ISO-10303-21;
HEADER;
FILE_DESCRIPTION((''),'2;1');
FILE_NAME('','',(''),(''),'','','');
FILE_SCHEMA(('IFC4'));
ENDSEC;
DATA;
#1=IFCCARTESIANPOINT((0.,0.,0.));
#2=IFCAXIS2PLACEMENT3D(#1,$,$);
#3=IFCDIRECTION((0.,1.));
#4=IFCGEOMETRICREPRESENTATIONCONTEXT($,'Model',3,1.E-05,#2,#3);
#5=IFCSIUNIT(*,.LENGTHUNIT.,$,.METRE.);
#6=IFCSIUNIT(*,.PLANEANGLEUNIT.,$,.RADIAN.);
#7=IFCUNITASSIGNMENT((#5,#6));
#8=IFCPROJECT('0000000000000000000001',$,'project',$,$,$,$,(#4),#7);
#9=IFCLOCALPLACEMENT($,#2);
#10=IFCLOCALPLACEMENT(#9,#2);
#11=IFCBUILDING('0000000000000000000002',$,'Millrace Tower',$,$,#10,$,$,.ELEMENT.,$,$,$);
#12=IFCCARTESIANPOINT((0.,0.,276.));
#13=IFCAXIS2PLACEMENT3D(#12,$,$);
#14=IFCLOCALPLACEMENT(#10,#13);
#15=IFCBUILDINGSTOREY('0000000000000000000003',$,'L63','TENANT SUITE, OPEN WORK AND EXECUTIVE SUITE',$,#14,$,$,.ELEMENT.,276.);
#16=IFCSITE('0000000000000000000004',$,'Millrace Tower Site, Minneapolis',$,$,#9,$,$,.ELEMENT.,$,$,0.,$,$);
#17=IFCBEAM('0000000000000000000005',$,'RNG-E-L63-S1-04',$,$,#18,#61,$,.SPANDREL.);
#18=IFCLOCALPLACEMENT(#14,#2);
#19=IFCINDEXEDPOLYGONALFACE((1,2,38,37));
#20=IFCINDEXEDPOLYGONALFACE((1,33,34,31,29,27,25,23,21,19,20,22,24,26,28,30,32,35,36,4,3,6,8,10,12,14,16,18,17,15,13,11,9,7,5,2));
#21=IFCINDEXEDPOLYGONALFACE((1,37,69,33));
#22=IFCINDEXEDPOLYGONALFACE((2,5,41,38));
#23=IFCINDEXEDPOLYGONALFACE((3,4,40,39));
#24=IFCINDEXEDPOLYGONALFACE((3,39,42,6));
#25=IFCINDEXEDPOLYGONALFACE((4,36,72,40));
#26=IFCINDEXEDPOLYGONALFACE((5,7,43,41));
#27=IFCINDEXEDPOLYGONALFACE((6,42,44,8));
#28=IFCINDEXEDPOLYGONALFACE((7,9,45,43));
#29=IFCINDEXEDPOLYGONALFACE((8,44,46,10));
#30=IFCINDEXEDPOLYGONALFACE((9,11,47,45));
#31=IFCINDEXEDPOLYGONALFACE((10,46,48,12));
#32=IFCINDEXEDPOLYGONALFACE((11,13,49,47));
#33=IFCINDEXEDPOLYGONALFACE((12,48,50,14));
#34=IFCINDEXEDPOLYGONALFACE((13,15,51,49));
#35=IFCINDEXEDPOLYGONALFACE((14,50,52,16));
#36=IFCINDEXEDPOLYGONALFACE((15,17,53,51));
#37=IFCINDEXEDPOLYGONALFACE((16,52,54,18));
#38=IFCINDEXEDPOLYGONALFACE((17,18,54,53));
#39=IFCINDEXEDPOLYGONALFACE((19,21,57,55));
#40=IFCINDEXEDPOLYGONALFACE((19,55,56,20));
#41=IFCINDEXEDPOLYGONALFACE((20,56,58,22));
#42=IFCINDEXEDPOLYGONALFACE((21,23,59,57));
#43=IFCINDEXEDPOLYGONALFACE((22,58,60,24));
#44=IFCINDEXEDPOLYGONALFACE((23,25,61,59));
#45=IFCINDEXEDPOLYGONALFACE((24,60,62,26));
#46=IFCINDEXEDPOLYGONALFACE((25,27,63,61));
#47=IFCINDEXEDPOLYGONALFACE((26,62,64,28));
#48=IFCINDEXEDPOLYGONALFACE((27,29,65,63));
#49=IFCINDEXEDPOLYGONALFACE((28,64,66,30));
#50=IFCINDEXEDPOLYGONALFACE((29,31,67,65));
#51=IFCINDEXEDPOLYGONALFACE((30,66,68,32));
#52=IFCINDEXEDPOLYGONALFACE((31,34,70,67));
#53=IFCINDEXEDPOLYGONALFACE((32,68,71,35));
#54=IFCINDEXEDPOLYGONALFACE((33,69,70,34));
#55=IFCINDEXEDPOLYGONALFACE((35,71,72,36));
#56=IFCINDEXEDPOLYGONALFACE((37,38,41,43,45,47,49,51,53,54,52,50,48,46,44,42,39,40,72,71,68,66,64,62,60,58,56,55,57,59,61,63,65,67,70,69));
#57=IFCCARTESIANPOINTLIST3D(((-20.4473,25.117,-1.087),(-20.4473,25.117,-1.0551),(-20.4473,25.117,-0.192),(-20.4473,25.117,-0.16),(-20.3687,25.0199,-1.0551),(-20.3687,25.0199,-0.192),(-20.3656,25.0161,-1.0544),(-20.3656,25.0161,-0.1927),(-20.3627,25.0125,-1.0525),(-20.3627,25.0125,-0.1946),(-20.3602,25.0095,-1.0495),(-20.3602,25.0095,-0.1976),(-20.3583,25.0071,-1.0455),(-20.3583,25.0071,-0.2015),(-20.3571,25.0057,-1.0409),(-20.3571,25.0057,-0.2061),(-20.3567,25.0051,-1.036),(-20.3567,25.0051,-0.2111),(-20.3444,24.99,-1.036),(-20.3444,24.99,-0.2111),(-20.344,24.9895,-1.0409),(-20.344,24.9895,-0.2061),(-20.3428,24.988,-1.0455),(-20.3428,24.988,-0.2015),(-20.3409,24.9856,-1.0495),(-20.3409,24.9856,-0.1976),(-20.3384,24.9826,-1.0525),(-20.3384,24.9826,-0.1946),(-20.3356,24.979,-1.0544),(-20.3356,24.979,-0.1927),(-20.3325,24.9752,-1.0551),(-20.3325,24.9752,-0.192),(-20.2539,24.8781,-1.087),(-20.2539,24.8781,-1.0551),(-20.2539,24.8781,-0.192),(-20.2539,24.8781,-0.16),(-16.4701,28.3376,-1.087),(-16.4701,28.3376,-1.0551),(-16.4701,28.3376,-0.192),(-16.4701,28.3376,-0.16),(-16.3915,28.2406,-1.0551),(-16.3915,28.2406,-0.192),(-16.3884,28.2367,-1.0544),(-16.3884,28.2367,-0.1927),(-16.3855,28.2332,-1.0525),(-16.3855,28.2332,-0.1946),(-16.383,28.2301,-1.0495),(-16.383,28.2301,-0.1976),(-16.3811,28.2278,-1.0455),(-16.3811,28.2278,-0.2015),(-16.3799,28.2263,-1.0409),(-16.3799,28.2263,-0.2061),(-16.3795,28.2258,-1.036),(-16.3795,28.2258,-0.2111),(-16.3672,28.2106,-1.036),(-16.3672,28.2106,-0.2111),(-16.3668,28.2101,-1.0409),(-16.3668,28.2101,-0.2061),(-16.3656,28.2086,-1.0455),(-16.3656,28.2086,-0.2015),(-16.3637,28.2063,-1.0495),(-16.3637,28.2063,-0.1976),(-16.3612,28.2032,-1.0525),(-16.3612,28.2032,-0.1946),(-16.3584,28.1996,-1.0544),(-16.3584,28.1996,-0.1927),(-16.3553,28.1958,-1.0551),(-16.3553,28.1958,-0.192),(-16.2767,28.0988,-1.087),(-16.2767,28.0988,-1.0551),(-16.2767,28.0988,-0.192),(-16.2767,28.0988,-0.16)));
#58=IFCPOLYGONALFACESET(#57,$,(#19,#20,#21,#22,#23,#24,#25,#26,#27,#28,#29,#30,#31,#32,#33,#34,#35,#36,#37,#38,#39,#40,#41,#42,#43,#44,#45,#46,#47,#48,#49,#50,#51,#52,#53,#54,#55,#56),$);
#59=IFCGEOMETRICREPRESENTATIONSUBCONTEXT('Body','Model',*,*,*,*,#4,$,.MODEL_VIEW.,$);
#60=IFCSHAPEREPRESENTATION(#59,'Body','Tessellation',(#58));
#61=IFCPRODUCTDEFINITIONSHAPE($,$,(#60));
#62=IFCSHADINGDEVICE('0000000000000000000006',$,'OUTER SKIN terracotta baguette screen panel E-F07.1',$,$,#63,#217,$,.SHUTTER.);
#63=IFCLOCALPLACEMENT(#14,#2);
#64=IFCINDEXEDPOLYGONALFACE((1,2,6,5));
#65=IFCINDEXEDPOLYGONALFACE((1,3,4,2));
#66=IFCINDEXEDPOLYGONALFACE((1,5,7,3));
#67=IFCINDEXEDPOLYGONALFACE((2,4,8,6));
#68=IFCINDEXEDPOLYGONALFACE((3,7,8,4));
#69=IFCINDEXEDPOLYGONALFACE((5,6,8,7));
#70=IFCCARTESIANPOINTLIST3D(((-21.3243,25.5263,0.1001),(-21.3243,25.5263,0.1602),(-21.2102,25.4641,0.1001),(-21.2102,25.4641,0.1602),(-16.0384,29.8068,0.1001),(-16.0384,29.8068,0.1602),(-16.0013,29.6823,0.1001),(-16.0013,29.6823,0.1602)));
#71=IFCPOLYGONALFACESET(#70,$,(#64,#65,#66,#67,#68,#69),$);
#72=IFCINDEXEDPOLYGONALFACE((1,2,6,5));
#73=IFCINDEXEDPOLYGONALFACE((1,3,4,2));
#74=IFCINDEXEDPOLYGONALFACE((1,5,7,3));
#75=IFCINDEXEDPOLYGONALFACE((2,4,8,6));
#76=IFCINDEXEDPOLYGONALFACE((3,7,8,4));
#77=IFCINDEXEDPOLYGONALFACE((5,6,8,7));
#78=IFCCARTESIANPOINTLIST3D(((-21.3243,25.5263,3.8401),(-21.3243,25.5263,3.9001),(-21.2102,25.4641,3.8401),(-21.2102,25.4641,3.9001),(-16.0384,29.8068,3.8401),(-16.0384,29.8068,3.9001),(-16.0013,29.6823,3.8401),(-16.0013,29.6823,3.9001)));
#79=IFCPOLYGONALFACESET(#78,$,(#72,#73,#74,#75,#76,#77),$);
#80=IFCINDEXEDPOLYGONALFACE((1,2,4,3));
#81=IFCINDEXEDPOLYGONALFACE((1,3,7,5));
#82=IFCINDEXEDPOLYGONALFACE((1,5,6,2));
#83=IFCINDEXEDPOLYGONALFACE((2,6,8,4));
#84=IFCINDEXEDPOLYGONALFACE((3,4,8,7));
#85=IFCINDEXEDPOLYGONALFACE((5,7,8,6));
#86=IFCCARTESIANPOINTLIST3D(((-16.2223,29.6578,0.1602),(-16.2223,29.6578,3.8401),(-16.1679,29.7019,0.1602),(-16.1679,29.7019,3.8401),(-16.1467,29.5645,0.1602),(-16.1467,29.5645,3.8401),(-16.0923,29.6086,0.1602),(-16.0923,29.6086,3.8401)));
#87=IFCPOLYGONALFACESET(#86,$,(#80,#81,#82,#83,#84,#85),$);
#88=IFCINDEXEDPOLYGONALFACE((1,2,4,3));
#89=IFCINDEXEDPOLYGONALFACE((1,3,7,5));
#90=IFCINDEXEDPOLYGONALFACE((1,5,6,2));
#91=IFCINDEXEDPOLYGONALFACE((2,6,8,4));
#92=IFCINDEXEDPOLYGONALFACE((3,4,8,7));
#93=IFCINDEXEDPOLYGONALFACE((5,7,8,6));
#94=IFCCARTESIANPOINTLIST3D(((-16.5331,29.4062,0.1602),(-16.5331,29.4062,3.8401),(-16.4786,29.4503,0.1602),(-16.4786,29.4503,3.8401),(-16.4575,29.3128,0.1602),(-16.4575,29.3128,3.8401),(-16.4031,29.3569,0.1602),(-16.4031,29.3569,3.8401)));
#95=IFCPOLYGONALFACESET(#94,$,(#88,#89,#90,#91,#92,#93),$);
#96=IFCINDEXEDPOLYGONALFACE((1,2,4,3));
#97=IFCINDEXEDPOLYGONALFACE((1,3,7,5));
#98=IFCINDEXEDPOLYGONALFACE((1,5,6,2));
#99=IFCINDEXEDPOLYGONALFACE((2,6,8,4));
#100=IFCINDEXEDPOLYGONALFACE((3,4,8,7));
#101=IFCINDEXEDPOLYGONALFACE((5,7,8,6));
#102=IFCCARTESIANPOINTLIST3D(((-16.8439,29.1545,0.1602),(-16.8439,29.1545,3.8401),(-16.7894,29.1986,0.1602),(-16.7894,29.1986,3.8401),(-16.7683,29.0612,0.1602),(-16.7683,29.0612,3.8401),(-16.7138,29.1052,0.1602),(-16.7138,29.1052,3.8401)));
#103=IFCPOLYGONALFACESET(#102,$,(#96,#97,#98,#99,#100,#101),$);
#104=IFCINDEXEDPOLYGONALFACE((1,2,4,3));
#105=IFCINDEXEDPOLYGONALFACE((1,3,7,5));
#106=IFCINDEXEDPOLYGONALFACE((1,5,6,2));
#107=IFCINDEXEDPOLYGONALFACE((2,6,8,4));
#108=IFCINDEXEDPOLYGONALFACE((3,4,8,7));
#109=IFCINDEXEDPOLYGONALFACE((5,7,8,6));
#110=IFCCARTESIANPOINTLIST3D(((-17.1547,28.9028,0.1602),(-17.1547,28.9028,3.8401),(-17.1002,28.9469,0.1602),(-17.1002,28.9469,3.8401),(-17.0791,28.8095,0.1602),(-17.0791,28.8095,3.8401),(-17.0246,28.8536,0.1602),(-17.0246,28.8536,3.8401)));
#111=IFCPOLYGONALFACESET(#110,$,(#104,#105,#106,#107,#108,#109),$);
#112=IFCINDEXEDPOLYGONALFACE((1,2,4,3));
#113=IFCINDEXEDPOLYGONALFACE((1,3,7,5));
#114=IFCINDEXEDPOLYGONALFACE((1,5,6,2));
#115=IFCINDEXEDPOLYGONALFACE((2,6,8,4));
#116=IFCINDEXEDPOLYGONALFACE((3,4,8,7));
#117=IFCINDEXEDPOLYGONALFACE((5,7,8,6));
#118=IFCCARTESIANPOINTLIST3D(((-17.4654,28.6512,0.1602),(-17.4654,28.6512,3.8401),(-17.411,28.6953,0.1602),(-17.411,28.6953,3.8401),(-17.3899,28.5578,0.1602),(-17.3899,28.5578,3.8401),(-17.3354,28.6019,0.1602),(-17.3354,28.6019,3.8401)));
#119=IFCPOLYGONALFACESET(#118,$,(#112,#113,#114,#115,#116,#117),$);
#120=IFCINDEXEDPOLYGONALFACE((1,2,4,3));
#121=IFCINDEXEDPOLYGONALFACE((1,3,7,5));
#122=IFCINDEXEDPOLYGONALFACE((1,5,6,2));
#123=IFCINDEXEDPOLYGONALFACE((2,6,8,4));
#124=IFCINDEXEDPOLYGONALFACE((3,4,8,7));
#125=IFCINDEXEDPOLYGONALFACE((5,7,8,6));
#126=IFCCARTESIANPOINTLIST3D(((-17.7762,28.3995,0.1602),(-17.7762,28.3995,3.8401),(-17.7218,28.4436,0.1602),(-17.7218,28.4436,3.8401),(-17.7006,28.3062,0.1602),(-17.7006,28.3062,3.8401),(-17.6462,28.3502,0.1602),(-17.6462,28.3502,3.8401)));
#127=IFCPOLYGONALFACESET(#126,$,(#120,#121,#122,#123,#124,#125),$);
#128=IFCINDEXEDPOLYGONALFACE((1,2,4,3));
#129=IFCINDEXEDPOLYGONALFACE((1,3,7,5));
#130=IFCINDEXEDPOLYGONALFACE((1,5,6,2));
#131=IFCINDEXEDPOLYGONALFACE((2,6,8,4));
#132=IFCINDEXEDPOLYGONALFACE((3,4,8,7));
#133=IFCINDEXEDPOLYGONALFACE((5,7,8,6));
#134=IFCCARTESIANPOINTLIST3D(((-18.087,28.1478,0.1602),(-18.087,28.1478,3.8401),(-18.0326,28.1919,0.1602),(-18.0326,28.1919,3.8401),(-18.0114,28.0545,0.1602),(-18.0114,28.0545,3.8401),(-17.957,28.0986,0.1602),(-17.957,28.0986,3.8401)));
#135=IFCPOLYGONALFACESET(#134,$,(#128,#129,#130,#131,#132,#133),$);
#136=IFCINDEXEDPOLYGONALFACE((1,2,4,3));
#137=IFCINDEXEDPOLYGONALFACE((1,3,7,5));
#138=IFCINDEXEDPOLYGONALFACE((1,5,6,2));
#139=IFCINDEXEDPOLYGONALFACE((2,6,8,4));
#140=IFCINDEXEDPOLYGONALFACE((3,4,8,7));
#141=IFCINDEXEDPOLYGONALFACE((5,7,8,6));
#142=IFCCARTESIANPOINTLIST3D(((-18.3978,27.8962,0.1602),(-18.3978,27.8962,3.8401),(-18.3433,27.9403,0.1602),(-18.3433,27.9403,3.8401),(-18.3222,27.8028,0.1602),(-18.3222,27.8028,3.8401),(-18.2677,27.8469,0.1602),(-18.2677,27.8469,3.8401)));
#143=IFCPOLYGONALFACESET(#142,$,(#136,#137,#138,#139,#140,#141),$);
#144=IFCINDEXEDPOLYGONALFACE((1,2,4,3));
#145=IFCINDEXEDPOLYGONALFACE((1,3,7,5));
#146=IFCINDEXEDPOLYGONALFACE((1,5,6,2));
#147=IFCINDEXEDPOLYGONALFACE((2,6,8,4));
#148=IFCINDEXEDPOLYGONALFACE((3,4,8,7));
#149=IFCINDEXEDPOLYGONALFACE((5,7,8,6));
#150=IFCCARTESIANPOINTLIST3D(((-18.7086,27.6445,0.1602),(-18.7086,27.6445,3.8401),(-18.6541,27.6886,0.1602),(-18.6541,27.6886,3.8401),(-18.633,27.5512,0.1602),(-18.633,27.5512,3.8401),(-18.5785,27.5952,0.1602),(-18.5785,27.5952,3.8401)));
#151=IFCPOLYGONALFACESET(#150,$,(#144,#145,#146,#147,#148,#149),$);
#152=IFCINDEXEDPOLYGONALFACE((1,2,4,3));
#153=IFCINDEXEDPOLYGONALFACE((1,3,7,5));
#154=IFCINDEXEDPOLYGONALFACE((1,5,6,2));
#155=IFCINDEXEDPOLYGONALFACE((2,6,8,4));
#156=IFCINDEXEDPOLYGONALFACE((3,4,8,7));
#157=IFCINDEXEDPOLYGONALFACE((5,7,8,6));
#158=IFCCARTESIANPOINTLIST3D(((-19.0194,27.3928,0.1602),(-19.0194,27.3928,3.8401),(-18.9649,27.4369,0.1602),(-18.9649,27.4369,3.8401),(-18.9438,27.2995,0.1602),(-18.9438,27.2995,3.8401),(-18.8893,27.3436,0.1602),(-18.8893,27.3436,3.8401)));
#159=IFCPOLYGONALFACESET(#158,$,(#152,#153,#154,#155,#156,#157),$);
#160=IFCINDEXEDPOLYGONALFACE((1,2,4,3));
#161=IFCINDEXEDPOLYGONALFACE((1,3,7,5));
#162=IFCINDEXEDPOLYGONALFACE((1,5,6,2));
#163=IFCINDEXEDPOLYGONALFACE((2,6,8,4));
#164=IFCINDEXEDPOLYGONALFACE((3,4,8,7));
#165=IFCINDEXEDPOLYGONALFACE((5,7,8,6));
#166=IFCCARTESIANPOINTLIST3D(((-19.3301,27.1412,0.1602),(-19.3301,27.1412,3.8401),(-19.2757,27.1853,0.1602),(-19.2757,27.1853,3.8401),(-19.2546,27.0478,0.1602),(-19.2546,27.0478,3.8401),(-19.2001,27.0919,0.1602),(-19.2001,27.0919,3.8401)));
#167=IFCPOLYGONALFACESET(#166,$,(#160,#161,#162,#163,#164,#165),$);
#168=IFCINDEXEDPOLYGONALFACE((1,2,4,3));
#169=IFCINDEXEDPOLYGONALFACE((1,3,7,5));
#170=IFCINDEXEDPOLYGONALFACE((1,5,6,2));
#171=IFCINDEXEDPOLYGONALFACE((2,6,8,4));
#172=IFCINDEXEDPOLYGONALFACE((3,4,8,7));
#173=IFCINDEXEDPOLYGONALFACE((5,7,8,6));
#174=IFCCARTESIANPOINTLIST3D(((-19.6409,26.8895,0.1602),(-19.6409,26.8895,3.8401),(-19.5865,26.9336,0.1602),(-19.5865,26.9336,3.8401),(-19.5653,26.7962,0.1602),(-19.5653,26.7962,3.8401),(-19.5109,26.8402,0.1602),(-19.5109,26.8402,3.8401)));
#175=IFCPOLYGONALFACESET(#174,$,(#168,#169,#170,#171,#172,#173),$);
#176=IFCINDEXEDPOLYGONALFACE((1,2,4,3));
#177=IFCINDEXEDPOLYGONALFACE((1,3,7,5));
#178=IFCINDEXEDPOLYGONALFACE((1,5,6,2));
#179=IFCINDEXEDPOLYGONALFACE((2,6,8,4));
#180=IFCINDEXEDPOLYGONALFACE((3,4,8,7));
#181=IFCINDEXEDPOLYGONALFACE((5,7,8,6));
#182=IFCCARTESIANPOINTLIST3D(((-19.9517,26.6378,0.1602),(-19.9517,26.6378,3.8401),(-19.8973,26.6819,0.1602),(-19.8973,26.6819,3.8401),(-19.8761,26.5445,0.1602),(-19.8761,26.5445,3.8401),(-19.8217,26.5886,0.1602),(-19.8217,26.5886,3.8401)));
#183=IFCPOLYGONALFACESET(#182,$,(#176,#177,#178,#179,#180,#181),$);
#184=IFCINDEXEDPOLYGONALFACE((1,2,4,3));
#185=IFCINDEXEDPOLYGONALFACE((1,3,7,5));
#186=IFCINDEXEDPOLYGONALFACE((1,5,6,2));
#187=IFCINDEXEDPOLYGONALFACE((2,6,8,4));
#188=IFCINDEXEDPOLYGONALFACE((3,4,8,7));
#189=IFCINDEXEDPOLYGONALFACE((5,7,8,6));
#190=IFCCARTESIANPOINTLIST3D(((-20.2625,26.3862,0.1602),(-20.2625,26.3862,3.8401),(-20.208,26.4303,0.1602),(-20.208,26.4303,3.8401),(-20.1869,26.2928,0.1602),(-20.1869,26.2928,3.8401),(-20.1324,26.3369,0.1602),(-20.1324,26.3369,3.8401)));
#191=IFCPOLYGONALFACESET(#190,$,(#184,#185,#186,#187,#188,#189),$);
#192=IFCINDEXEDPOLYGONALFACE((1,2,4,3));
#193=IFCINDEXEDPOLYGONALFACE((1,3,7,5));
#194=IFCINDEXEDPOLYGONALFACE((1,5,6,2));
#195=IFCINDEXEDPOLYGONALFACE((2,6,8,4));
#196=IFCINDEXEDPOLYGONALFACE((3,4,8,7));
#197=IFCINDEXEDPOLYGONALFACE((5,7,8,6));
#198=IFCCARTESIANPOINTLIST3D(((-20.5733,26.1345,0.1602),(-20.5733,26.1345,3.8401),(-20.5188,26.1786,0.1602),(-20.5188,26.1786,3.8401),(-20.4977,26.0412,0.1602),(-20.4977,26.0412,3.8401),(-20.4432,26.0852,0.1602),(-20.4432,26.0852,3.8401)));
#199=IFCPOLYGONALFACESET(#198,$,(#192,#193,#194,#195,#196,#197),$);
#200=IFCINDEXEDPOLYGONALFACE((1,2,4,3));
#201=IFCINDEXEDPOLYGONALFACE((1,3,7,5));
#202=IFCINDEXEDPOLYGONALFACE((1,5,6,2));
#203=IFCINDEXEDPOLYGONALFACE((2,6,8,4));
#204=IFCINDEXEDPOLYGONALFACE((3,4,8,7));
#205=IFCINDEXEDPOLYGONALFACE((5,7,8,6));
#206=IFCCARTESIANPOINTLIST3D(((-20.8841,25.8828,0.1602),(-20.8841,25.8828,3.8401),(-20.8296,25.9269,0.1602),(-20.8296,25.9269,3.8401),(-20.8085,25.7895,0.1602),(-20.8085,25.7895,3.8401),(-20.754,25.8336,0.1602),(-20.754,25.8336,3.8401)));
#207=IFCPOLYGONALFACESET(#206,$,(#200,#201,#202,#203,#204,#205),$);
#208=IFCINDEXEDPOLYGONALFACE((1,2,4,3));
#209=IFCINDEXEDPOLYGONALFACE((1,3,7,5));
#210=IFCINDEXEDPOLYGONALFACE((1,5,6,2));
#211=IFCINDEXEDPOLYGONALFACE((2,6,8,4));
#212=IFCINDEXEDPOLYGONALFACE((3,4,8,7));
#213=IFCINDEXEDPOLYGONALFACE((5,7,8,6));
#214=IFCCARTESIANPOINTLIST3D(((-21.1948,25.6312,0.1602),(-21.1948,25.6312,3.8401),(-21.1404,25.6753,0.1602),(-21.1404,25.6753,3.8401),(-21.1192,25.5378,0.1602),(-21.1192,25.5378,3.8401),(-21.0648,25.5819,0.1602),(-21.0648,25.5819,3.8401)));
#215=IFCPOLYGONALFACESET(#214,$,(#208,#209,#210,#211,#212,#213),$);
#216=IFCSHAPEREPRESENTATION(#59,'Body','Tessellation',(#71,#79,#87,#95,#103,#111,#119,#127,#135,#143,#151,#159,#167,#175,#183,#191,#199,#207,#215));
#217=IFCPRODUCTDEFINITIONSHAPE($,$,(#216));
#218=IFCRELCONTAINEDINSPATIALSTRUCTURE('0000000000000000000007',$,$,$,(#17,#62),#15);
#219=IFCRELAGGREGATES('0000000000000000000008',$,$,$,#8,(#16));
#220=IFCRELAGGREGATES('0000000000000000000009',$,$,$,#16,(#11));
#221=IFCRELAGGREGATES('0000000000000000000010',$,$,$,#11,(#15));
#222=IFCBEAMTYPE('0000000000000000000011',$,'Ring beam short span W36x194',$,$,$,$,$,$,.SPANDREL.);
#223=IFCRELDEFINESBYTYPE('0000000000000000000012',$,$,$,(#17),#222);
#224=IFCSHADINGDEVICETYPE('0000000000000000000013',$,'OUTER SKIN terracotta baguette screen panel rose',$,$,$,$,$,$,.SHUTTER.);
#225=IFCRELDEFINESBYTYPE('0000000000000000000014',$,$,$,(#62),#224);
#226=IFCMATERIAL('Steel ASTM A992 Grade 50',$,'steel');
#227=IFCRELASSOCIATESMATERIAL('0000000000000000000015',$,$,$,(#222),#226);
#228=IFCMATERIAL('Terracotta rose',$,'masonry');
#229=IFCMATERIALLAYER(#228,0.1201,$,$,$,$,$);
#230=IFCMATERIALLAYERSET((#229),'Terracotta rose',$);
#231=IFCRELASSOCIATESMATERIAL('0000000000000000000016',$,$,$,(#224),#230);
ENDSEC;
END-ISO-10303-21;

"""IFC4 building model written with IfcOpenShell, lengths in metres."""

from ifc_helpers import new_model, entity, si_unit, direction, frame, frame_2d, origin, origin_2d, place, context, subcontext, project, spatial, rectangle, i_section, extrude, source, transform, mapped, material, layer, layer_set, material_profile, profile_set, type_object, element, save


model = new_model("IFC4")

# Units and contexts
model_context = context("Model", 3, precision=1e-05, world=origin(), true_north=direction((0.0, 1.0)))
body_context = subcontext(model_context, "Body", "Model", "MODEL_VIEW")
ifc_project = project(units=[si_unit("LENGTHUNIT", "METRE"), si_unit("PLANEANGLEUNIT", "RADIAN")], contexts=[model_context])

# Site, building, storey
site_placement = place(None, origin())
site = spatial("IfcSite", under=ifc_project, at=site_placement, Name="Millrace Tower Site, Minneapolis", CompositionType="ELEMENT", RefElevation=0.0)
building_placement = place(site_placement, origin())
building = spatial("IfcBuilding", under=site, at=building_placement, Name="Millrace Tower", CompositionType="ELEMENT")
storey_placement = place(building_placement, frame((0.0, 0.0, 276.0)))
storey = spatial("IfcBuildingStorey", under=building, at=storey_placement, Name="L63", Description="TENANT SUITE, OPEN WORK AND EXECUTIVE SUITE", CompositionType="ELEMENT", Elevation=276.0)

# Beam
ifc_material_1 = material(Name="Steel ASTM A992 Grade 50", Category="steel")
ifc_material_profile_1 = material_profile(ifc_material_1, i_section(OverallWidth=0.3074, OverallDepth=0.927, WebThickness=0.0195, FlangeThickness=0.032, FilletRadius=0.019, at=origin_2d()))
ifc_profile_set_1 = profile_set([ifc_material_profile_1], Name="Steel ASTM A992 Grade 50")
beam_type_1 = type_object("IfcBeamType", Name="Ring beam short span W36x194", PredefinedType="SPANDREL", material=ifc_profile_set_1)
beam_1_placement = place(storey_placement, frame((-20.3506, 24.9976, -0.6235), z_axis=(0.77715, 0.629315, 0.0), x_axis=(-0.629315, 0.77715, 0.0)))
element("IfcBeam", 1, at=beam_1_placement, inside=storey, type_object=beam_type_1, Name="RNG-E-L63-S1-04", PredefinedType="SPANDREL", context=body_context, shape_type="SweptSolid", body=[
    extrude(i_section(OverallWidth=0.3074, OverallDepth=0.927, WebThickness=0.0195, FlangeThickness=0.032, FilletRadius=0.019, at=origin_2d()), origin(), (0.0, 0.0, 1.0), 5.1177),
])

# Shading device
ifc_material_2 = material(Name="Terracotta rose", Category="masonry")
ifc_layer_1 = layer(ifc_material_2, 0.1201)
ifc_layer_set_1 = layer_set([ifc_layer_1], Name="Terracotta rose")
shading_device_type = type_object("IfcShadingDeviceType", Name="OUTER SKIN terracotta baguette screen panel rose", PredefinedType="SHUTTER", material=ifc_layer_set_1)
cartesian_point_1 = entity("IfcCartesianPoint", [-3.3513, 0.0601])
shared_polyline_1 = entity("IfcPolyline", [cartesian_point_1, entity("IfcCartesianPoint", [3.3513, 0.0601]), entity("IfcCartesianPoint", [3.4009, -0.0601]), entity("IfcCartesianPoint", [-3.4009, -0.0601]), cartesian_point_1])
shared_shape_1 = source(origin(), body_context, "Body", "SweptSolid", [
    entity("IfcExtrudedAreaSolid", entity("IfcArbitraryClosedProfileDef", "AREA", None, shared_polyline_1), entity("IfcAxis2Placement3D", entity("IfcCartesianPoint", [0.0, 0.0, 0.0])), entity("IfcDirection", [0.0, 0.0, 1.0]), 0.0601),
    entity("IfcExtrudedAreaSolid", entity("IfcArbitraryClosedProfileDef", "AREA", None, shared_polyline_1), entity("IfcAxis2Placement3D", entity("IfcCartesianPoint", [0.0, 0.0, 3.74])), entity("IfcDirection", [0.0, 0.0, 1.0]), 0.0601),
    extrude(rectangle(XDim=0.0701, YDim=0.1201, at=frame_2d((-3.1992, 0.0))), frame((0.0, 0.0, 0.0601)), (0.0, 0.0, 1.0), 3.6799),
    extrude(rectangle(XDim=0.0701, YDim=0.1201, at=frame_2d((-2.7993, 0.0))), frame((0.0, 0.0, 0.0601)), (0.0, 0.0, 1.0), 3.6799),
    extrude(rectangle(XDim=0.0701, YDim=0.1201, at=frame_2d((-2.3994, 0.0))), frame((0.0, 0.0, 0.0601)), (0.0, 0.0, 1.0), 3.6799),
    extrude(rectangle(XDim=0.0701, YDim=0.1201, at=frame_2d((-1.9995, 0.0))), frame((0.0, 0.0, 0.0601)), (0.0, 0.0, 1.0), 3.6799),
    extrude(rectangle(XDim=0.0701, YDim=0.1201, at=frame_2d((-1.5996, 0.0))), frame((0.0, 0.0, 0.0601)), (0.0, 0.0, 1.0), 3.6799),
    extrude(rectangle(XDim=0.0701, YDim=0.1201, at=frame_2d((-1.1997, 0.0))), frame((0.0, 0.0, 0.0601)), (0.0, 0.0, 1.0), 3.6799),
    extrude(rectangle(XDim=0.0701, YDim=0.1201, at=frame_2d((-0.7998, 0.0))), frame((0.0, 0.0, 0.0601)), (0.0, 0.0, 1.0), 3.6799),
    extrude(rectangle(XDim=0.0701, YDim=0.1201, at=frame_2d((-0.3999, 0.0))), frame((0.0, 0.0, 0.0601)), (0.0, 0.0, 1.0), 3.6799),
    extrude(rectangle(XDim=0.0701, YDim=0.1201, at=origin_2d()), frame((0.0, 0.0, 0.0601)), (0.0, 0.0, 1.0), 3.6799),
    extrude(rectangle(XDim=0.0701, YDim=0.1201, at=frame_2d((0.3999, 0.0))), frame((0.0, 0.0, 0.0601)), (0.0, 0.0, 1.0), 3.6799),
    extrude(rectangle(XDim=0.0701, YDim=0.1201, at=frame_2d((0.7998, 0.0))), frame((0.0, 0.0, 0.0601)), (0.0, 0.0, 1.0), 3.6799),
    extrude(rectangle(XDim=0.0701, YDim=0.1201, at=frame_2d((1.1997, 0.0))), frame((0.0, 0.0, 0.0601)), (0.0, 0.0, 1.0), 3.6799),
    extrude(rectangle(XDim=0.0701, YDim=0.1201, at=frame_2d((1.5996, 0.0))), frame((0.0, 0.0, 0.0601)), (0.0, 0.0, 1.0), 3.6799),
    extrude(rectangle(XDim=0.0701, YDim=0.1201, at=frame_2d((1.9995, 0.0))), frame((0.0, 0.0, 0.0601)), (0.0, 0.0, 1.0), 3.6799),
    extrude(rectangle(XDim=0.0701, YDim=0.1201, at=frame_2d((2.3994, 0.0))), frame((0.0, 0.0, 0.0601)), (0.0, 0.0, 1.0), 3.6799),
    extrude(rectangle(XDim=0.0701, YDim=0.1201, at=frame_2d((2.7993, 0.0))), frame((0.0, 0.0, 0.0601)), (0.0, 0.0, 1.0), 3.6799),
    extrude(rectangle(XDim=0.0701, YDim=0.1201, at=frame_2d((3.1992, 0.0))), frame((0.0, 0.0, 0.0601)), (0.0, 0.0, 1.0), 3.6799),
])
shading_device_1_placement = place(storey_placement, frame((-18.6436, 27.6199, 0.1001), z_axis=(0.0, 0.0, 1.0), x_axis=(-0.777146, -0.62932, 0.0)))
element("IfcShadingDevice", 2, at=shading_device_1_placement, inside=storey, type_object=shading_device_type, Name="OUTER SKIN terracotta baguette screen panel E-F07.1", PredefinedType="SHUTTER", context=body_context, shape_type="MappedRepresentation", body=[
    mapped(shared_shape_1, transform((0.0, 0.0, 0.0), scale=1.0)),
])

save(model, "model.ifc")
